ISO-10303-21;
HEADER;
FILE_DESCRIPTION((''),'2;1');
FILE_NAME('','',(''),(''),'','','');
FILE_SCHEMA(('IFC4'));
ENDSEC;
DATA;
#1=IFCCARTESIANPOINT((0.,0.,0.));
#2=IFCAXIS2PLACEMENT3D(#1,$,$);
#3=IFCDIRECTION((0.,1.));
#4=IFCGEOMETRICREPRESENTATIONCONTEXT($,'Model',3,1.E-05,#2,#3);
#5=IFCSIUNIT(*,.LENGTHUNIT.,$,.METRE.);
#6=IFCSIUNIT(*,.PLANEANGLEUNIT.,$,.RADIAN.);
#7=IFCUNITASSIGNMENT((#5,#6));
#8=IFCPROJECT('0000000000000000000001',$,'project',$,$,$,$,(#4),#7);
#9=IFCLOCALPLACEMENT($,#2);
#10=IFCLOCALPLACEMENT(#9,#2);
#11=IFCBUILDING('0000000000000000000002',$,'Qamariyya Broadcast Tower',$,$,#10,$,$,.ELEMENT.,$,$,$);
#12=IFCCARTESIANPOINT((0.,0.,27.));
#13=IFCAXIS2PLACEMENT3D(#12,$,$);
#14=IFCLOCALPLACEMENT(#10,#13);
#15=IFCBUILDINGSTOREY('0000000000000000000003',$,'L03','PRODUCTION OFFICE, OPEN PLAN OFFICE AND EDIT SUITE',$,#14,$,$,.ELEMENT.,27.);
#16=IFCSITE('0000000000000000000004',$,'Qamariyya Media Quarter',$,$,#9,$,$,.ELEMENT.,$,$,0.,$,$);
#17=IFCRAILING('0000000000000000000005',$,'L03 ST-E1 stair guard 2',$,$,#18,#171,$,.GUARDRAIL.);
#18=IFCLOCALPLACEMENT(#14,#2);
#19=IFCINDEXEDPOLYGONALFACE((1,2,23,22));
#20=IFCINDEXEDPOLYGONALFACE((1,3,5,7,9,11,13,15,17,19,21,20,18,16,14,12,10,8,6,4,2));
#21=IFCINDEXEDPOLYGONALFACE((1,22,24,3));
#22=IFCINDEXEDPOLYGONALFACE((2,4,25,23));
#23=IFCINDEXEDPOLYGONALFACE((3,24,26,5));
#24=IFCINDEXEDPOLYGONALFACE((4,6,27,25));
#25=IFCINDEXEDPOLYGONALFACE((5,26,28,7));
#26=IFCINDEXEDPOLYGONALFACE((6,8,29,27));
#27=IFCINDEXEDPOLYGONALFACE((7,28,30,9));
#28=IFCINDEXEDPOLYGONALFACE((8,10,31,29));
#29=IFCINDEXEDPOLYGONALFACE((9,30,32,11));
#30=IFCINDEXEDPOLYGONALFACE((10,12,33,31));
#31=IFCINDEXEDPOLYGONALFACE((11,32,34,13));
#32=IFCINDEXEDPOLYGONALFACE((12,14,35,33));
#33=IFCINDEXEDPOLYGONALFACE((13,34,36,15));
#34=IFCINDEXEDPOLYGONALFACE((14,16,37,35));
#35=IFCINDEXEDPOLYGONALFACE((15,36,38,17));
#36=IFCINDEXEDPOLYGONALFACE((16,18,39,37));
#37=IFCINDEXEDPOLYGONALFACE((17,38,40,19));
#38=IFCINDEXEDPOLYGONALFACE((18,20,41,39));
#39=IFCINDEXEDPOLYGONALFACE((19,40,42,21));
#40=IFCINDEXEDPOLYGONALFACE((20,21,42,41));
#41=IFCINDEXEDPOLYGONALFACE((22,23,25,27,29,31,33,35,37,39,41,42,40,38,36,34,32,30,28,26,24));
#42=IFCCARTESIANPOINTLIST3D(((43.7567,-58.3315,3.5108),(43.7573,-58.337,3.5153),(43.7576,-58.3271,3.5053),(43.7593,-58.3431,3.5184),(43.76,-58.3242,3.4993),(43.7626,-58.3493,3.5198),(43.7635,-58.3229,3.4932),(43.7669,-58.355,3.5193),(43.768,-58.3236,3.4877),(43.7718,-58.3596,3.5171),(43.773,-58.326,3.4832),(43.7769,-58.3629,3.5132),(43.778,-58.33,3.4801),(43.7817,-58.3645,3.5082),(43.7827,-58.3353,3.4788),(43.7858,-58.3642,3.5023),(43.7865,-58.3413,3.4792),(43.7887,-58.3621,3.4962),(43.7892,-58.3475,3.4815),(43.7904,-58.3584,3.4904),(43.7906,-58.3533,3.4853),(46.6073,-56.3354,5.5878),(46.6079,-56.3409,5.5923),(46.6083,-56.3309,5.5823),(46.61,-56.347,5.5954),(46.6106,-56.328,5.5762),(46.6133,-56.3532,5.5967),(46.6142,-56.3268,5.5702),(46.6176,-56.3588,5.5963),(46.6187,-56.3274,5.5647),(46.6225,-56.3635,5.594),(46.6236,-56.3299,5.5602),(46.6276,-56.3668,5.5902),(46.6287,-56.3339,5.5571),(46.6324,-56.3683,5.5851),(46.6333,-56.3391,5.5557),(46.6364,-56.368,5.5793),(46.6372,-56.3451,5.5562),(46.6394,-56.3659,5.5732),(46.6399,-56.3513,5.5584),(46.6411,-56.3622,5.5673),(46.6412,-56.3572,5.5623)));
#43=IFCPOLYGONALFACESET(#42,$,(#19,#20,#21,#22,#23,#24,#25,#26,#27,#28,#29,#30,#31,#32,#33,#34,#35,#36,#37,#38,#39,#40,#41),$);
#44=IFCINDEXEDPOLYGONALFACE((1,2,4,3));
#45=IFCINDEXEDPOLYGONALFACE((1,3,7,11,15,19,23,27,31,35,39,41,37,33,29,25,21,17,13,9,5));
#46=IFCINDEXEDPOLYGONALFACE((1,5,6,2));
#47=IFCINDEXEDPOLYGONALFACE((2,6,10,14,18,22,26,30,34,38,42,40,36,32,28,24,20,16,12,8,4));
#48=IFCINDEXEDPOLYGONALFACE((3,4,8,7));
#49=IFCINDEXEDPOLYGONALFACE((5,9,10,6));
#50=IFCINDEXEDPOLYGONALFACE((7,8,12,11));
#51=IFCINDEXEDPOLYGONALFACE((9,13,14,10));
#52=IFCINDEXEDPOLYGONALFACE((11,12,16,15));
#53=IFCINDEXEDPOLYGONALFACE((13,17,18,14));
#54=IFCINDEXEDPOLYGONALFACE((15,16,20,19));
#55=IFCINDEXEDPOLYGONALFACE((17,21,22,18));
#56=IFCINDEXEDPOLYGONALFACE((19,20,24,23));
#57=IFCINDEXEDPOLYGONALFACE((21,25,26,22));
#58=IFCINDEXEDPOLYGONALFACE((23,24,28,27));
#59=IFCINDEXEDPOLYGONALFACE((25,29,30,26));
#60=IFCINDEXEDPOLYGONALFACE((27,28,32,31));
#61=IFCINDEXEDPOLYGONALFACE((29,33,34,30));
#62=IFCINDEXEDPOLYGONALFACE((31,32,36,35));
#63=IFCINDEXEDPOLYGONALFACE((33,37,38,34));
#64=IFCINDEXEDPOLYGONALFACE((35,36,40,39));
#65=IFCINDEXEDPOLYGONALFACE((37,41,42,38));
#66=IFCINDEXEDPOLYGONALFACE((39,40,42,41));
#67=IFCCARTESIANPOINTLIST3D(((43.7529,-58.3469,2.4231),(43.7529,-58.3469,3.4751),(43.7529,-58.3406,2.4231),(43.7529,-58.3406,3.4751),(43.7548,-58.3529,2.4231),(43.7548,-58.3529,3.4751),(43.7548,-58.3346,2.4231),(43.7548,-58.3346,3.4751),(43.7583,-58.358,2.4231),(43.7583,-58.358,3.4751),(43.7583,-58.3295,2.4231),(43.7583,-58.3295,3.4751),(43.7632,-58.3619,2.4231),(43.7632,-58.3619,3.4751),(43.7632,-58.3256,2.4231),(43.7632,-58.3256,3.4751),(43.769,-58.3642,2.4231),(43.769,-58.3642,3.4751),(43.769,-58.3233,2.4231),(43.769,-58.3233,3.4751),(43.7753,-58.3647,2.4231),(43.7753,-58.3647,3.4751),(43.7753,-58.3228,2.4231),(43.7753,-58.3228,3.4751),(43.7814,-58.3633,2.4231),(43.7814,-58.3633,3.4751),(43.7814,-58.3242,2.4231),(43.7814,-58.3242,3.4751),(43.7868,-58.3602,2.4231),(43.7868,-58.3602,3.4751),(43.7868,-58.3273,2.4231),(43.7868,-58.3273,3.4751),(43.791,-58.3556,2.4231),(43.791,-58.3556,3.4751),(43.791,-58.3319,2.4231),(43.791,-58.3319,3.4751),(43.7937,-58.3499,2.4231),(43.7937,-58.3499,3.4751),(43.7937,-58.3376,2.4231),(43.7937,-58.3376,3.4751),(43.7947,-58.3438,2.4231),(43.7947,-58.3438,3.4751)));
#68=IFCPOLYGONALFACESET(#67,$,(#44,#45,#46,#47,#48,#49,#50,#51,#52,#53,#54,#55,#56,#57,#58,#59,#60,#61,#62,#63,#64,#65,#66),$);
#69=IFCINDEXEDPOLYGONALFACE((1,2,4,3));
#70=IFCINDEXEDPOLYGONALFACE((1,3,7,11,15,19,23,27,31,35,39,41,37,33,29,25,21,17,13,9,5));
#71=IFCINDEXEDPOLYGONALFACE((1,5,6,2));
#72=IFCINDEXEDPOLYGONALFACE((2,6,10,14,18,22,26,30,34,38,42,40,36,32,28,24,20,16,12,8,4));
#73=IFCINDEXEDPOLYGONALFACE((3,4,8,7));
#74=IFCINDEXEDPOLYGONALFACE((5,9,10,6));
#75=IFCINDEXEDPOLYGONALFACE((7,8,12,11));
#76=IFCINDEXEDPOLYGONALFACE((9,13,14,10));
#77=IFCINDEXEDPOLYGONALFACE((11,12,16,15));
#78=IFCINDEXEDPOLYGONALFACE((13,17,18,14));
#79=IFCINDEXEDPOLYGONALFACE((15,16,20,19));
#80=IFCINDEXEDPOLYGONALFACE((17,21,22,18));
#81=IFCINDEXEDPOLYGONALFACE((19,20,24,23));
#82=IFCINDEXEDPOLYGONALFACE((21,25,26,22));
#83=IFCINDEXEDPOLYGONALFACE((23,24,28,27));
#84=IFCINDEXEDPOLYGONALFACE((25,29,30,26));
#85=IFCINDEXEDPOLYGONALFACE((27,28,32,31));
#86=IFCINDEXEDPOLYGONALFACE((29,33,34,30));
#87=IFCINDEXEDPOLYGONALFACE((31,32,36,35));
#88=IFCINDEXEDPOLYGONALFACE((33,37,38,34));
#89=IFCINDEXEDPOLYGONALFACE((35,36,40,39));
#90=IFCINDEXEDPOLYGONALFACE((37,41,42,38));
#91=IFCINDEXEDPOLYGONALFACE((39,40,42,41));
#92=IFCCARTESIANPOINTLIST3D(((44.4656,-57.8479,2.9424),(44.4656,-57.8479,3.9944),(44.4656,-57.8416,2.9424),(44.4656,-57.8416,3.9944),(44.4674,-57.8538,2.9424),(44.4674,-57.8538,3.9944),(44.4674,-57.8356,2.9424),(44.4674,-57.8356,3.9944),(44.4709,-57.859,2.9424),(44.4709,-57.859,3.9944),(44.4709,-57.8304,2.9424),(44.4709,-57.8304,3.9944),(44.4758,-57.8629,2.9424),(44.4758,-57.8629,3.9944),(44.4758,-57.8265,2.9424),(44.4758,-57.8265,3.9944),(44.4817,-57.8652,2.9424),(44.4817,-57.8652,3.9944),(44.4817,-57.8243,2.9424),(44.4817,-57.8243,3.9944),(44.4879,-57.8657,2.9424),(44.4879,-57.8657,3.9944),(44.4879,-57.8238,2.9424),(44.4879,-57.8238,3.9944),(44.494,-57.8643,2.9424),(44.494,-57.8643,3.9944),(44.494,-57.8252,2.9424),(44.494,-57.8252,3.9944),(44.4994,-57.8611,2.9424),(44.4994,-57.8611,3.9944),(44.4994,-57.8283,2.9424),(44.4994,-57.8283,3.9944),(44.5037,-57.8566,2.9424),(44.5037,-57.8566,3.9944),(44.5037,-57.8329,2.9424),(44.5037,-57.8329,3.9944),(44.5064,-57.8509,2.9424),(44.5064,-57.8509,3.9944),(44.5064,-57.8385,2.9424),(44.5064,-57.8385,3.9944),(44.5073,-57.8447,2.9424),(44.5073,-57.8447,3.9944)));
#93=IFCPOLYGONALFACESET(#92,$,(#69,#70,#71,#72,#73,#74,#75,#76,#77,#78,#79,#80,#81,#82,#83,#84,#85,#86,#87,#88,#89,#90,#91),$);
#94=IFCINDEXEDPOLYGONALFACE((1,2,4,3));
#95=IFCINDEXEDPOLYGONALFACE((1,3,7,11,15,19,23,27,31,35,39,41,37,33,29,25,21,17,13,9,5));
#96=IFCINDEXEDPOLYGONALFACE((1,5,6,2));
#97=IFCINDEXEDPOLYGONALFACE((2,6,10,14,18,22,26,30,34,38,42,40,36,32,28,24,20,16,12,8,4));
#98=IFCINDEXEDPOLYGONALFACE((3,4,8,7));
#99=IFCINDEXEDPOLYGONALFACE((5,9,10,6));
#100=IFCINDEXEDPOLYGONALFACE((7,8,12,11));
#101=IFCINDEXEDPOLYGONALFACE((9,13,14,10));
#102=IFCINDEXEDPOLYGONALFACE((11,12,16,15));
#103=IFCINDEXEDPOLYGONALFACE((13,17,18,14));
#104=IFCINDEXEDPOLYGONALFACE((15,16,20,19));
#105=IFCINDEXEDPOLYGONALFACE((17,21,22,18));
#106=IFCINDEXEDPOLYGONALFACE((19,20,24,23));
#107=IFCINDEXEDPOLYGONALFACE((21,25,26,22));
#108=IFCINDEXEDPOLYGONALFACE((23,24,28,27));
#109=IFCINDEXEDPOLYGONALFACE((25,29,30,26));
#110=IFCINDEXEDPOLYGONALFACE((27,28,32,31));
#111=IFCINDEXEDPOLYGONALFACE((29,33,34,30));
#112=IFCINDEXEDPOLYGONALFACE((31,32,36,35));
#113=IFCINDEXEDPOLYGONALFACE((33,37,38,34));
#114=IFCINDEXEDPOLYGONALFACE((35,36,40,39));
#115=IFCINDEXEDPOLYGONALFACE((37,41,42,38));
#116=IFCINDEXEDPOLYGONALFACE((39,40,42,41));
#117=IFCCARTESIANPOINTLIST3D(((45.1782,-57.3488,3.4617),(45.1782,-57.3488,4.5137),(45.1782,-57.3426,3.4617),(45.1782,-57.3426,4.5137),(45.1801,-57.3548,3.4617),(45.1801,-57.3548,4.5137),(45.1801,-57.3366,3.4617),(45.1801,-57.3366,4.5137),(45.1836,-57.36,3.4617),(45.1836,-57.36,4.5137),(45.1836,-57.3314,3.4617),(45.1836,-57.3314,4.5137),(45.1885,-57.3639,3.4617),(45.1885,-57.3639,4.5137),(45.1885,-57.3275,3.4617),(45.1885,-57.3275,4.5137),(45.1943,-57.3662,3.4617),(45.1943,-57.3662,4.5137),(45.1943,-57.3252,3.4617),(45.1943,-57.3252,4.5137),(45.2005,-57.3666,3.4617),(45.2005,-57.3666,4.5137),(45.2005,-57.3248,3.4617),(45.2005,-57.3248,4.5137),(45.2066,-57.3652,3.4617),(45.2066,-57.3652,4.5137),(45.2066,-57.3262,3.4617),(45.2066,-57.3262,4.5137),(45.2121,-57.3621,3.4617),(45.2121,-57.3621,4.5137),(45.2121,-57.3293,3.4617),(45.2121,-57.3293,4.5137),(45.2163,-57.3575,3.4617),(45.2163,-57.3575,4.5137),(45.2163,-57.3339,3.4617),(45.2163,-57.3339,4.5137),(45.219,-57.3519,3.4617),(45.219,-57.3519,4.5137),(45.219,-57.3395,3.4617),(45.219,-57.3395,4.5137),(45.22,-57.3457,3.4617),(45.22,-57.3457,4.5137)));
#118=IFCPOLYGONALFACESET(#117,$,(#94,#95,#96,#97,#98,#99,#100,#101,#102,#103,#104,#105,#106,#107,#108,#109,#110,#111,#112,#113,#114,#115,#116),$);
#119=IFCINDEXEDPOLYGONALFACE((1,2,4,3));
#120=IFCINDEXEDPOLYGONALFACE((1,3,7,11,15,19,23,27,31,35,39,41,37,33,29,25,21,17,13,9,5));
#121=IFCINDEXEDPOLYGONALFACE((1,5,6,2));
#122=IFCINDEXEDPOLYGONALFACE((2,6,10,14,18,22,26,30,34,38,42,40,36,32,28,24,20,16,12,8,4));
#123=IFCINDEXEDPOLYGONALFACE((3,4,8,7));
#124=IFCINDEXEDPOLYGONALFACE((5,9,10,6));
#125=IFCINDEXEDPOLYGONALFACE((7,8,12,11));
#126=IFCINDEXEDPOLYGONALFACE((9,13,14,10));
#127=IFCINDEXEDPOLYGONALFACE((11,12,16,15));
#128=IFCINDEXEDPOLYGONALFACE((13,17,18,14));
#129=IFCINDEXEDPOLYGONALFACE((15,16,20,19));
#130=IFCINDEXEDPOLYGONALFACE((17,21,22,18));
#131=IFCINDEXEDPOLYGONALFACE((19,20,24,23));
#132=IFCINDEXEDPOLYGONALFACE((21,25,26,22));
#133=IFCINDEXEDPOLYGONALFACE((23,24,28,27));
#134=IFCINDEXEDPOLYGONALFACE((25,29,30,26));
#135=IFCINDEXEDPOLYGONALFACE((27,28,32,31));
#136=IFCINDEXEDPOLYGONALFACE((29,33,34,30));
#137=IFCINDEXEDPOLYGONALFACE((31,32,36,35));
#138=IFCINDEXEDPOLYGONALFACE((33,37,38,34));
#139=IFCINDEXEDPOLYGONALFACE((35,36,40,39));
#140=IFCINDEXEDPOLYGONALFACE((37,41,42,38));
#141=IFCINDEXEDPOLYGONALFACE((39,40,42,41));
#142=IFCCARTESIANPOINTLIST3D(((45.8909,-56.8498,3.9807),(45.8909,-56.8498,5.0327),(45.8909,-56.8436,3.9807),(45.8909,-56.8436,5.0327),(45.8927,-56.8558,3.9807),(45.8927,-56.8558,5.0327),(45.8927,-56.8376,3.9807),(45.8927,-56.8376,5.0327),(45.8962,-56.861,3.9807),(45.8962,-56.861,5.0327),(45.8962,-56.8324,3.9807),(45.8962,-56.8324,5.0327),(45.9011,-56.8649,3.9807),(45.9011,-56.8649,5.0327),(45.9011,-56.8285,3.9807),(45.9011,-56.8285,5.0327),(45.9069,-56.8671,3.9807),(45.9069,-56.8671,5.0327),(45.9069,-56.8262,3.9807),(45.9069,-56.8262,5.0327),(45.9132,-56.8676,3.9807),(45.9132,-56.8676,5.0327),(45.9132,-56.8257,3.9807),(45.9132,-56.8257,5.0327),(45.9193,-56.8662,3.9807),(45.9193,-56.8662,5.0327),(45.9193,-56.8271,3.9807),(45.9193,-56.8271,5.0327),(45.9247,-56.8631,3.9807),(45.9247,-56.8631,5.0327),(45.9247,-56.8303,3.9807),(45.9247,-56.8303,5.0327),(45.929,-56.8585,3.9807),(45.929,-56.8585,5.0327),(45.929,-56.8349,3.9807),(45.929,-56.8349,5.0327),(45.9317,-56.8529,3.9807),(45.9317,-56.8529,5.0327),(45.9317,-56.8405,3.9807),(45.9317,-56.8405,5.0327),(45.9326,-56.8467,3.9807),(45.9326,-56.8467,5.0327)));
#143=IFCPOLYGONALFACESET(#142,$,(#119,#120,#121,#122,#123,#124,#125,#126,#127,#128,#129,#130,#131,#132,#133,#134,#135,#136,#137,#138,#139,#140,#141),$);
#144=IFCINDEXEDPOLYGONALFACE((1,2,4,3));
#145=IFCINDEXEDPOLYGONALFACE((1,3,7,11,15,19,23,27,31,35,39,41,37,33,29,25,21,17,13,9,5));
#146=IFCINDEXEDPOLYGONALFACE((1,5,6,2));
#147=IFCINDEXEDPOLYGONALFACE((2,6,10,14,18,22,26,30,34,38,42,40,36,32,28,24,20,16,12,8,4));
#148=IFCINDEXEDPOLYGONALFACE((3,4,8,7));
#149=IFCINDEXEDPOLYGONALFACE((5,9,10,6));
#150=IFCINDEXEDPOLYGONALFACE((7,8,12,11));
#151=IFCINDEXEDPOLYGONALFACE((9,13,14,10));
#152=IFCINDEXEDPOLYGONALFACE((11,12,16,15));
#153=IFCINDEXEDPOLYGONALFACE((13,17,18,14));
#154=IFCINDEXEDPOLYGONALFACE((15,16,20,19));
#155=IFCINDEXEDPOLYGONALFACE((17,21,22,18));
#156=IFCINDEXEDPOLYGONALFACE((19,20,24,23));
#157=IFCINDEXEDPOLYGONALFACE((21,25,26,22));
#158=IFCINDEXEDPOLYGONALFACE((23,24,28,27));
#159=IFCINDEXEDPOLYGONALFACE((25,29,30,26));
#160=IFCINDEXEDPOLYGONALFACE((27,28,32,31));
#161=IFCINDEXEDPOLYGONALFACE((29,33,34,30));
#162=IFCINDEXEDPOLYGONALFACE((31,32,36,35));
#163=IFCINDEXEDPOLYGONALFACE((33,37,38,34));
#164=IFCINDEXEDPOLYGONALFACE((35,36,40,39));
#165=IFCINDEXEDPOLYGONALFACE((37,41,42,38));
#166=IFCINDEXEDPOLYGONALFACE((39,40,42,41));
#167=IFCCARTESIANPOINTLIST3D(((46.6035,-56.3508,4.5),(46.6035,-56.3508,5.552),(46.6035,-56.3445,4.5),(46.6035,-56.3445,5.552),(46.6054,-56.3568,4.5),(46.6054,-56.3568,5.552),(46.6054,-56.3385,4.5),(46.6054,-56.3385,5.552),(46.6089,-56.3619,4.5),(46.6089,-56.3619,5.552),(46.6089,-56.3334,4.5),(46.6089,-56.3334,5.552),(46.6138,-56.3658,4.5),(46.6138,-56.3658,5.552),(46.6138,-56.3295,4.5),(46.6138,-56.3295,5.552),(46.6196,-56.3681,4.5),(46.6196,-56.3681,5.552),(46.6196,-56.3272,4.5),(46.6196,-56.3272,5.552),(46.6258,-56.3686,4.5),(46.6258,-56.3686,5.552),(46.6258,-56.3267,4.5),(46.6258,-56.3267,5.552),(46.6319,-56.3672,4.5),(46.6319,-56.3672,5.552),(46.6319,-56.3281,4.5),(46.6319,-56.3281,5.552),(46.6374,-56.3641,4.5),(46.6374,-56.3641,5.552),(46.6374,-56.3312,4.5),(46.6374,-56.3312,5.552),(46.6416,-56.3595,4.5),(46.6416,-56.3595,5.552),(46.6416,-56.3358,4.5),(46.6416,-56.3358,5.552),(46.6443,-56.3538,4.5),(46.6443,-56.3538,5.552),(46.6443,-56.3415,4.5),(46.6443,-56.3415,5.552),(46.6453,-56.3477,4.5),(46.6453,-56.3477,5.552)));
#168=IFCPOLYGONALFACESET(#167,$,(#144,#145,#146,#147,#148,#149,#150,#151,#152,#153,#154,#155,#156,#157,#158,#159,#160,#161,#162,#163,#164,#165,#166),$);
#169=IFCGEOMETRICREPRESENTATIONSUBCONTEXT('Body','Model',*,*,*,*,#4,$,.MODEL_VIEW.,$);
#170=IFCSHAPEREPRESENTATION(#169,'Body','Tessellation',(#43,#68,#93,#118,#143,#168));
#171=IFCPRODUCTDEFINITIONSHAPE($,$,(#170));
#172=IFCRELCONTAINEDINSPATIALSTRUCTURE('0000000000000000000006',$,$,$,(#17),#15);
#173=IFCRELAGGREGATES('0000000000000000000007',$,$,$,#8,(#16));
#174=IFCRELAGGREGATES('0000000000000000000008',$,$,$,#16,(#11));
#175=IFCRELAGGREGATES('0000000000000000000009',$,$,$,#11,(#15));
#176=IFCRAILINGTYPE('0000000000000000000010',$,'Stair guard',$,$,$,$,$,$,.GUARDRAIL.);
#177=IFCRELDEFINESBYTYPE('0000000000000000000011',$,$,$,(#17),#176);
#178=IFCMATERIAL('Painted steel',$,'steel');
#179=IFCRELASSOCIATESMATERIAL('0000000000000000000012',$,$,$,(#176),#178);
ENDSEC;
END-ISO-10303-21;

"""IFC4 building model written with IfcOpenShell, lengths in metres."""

from ifc_helpers import new_model, si_unit, direction, frame, origin, origin_2d, place, context, subcontext, project, spatial, circle, extrude, material, type_object, element, save


model = new_model("IFC4")

# Units and contexts
model_context = context("Model", 3, precision=1e-05, world=origin(), true_north=direction((0.0, 1.0)))
body_context = subcontext(model_context, "Body", "Model", "MODEL_VIEW")
ifc_project = project(units=[si_unit("LENGTHUNIT", "METRE"), si_unit("PLANEANGLEUNIT", "RADIAN")], contexts=[model_context])

# Site, building, storey
site_placement = place(None, origin())
site = spatial("IfcSite", under=ifc_project, at=site_placement, Name="Qamariyya Media Quarter", CompositionType="ELEMENT", RefElevation=0.0)
building_placement = place(site_placement, origin())
building = spatial("IfcBuilding", under=site, at=building_placement, Name="Qamariyya Broadcast Tower", CompositionType="ELEMENT")
storey_placement = place(building_placement, frame((0.0, 0.0, 27.0)))
storey = spatial("IfcBuildingStorey", under=building, at=storey_placement, Name="L03", Description="PRODUCTION OFFICE, OPEN PLAN OFFICE AND EDIT SUITE", CompositionType="ELEMENT", Elevation=27.0)

# Railing
ifc_material_1 = material(Name="Painted steel", Category="steel")
railing_type_1 = type_object("IfcRailingType", Name="Stair guard", PredefinedType="GUARDRAIL", material=ifc_material_1)
railing_1_placement = place(storey_placement, frame((43.7737, -58.3438, 2.4231)))
element("IfcRailing", 1, at=railing_1_placement, inside=storey, type_object=railing_type_1, Name="L03 ST-E1 stair guard 2", PredefinedType="GUARDRAIL", context=body_context, shape_type="SweptSolid", body=[
    extrude(circle(Radius=0.0239, at=origin_2d()), frame((0.0, 0.0, 1.0762), z_axis=(0.703393, 0.492544, 0.512484), x_axis=(-0.573594, 0.81914, 0.0)), (0.0, 0.0, 1.0), 4.0527),
    extrude(circle(Radius=0.021, at=origin_2d()), origin(), (0.0, 0.0, 1.0), 1.052),
    extrude(circle(Radius=0.021, at=origin_2d()), frame((0.7126, 0.499, 0.5193)), (0.0, 0.0, 1.0), 1.052),
    extrude(circle(Radius=0.021, at=origin_2d()), frame((1.4253, 0.998, 1.0386)), (0.0, 0.0, 1.0), 1.052),
    extrude(circle(Radius=0.021, at=origin_2d()), frame((2.1379, 1.4971, 1.5576)), (0.0, 0.0, 1.0), 1.052),
    extrude(circle(Radius=0.021, at=origin_2d()), frame((2.8506, 1.9961, 2.0769)), (0.0, 0.0, 1.0), 1.052),
])

save(model, "model.ifc")
